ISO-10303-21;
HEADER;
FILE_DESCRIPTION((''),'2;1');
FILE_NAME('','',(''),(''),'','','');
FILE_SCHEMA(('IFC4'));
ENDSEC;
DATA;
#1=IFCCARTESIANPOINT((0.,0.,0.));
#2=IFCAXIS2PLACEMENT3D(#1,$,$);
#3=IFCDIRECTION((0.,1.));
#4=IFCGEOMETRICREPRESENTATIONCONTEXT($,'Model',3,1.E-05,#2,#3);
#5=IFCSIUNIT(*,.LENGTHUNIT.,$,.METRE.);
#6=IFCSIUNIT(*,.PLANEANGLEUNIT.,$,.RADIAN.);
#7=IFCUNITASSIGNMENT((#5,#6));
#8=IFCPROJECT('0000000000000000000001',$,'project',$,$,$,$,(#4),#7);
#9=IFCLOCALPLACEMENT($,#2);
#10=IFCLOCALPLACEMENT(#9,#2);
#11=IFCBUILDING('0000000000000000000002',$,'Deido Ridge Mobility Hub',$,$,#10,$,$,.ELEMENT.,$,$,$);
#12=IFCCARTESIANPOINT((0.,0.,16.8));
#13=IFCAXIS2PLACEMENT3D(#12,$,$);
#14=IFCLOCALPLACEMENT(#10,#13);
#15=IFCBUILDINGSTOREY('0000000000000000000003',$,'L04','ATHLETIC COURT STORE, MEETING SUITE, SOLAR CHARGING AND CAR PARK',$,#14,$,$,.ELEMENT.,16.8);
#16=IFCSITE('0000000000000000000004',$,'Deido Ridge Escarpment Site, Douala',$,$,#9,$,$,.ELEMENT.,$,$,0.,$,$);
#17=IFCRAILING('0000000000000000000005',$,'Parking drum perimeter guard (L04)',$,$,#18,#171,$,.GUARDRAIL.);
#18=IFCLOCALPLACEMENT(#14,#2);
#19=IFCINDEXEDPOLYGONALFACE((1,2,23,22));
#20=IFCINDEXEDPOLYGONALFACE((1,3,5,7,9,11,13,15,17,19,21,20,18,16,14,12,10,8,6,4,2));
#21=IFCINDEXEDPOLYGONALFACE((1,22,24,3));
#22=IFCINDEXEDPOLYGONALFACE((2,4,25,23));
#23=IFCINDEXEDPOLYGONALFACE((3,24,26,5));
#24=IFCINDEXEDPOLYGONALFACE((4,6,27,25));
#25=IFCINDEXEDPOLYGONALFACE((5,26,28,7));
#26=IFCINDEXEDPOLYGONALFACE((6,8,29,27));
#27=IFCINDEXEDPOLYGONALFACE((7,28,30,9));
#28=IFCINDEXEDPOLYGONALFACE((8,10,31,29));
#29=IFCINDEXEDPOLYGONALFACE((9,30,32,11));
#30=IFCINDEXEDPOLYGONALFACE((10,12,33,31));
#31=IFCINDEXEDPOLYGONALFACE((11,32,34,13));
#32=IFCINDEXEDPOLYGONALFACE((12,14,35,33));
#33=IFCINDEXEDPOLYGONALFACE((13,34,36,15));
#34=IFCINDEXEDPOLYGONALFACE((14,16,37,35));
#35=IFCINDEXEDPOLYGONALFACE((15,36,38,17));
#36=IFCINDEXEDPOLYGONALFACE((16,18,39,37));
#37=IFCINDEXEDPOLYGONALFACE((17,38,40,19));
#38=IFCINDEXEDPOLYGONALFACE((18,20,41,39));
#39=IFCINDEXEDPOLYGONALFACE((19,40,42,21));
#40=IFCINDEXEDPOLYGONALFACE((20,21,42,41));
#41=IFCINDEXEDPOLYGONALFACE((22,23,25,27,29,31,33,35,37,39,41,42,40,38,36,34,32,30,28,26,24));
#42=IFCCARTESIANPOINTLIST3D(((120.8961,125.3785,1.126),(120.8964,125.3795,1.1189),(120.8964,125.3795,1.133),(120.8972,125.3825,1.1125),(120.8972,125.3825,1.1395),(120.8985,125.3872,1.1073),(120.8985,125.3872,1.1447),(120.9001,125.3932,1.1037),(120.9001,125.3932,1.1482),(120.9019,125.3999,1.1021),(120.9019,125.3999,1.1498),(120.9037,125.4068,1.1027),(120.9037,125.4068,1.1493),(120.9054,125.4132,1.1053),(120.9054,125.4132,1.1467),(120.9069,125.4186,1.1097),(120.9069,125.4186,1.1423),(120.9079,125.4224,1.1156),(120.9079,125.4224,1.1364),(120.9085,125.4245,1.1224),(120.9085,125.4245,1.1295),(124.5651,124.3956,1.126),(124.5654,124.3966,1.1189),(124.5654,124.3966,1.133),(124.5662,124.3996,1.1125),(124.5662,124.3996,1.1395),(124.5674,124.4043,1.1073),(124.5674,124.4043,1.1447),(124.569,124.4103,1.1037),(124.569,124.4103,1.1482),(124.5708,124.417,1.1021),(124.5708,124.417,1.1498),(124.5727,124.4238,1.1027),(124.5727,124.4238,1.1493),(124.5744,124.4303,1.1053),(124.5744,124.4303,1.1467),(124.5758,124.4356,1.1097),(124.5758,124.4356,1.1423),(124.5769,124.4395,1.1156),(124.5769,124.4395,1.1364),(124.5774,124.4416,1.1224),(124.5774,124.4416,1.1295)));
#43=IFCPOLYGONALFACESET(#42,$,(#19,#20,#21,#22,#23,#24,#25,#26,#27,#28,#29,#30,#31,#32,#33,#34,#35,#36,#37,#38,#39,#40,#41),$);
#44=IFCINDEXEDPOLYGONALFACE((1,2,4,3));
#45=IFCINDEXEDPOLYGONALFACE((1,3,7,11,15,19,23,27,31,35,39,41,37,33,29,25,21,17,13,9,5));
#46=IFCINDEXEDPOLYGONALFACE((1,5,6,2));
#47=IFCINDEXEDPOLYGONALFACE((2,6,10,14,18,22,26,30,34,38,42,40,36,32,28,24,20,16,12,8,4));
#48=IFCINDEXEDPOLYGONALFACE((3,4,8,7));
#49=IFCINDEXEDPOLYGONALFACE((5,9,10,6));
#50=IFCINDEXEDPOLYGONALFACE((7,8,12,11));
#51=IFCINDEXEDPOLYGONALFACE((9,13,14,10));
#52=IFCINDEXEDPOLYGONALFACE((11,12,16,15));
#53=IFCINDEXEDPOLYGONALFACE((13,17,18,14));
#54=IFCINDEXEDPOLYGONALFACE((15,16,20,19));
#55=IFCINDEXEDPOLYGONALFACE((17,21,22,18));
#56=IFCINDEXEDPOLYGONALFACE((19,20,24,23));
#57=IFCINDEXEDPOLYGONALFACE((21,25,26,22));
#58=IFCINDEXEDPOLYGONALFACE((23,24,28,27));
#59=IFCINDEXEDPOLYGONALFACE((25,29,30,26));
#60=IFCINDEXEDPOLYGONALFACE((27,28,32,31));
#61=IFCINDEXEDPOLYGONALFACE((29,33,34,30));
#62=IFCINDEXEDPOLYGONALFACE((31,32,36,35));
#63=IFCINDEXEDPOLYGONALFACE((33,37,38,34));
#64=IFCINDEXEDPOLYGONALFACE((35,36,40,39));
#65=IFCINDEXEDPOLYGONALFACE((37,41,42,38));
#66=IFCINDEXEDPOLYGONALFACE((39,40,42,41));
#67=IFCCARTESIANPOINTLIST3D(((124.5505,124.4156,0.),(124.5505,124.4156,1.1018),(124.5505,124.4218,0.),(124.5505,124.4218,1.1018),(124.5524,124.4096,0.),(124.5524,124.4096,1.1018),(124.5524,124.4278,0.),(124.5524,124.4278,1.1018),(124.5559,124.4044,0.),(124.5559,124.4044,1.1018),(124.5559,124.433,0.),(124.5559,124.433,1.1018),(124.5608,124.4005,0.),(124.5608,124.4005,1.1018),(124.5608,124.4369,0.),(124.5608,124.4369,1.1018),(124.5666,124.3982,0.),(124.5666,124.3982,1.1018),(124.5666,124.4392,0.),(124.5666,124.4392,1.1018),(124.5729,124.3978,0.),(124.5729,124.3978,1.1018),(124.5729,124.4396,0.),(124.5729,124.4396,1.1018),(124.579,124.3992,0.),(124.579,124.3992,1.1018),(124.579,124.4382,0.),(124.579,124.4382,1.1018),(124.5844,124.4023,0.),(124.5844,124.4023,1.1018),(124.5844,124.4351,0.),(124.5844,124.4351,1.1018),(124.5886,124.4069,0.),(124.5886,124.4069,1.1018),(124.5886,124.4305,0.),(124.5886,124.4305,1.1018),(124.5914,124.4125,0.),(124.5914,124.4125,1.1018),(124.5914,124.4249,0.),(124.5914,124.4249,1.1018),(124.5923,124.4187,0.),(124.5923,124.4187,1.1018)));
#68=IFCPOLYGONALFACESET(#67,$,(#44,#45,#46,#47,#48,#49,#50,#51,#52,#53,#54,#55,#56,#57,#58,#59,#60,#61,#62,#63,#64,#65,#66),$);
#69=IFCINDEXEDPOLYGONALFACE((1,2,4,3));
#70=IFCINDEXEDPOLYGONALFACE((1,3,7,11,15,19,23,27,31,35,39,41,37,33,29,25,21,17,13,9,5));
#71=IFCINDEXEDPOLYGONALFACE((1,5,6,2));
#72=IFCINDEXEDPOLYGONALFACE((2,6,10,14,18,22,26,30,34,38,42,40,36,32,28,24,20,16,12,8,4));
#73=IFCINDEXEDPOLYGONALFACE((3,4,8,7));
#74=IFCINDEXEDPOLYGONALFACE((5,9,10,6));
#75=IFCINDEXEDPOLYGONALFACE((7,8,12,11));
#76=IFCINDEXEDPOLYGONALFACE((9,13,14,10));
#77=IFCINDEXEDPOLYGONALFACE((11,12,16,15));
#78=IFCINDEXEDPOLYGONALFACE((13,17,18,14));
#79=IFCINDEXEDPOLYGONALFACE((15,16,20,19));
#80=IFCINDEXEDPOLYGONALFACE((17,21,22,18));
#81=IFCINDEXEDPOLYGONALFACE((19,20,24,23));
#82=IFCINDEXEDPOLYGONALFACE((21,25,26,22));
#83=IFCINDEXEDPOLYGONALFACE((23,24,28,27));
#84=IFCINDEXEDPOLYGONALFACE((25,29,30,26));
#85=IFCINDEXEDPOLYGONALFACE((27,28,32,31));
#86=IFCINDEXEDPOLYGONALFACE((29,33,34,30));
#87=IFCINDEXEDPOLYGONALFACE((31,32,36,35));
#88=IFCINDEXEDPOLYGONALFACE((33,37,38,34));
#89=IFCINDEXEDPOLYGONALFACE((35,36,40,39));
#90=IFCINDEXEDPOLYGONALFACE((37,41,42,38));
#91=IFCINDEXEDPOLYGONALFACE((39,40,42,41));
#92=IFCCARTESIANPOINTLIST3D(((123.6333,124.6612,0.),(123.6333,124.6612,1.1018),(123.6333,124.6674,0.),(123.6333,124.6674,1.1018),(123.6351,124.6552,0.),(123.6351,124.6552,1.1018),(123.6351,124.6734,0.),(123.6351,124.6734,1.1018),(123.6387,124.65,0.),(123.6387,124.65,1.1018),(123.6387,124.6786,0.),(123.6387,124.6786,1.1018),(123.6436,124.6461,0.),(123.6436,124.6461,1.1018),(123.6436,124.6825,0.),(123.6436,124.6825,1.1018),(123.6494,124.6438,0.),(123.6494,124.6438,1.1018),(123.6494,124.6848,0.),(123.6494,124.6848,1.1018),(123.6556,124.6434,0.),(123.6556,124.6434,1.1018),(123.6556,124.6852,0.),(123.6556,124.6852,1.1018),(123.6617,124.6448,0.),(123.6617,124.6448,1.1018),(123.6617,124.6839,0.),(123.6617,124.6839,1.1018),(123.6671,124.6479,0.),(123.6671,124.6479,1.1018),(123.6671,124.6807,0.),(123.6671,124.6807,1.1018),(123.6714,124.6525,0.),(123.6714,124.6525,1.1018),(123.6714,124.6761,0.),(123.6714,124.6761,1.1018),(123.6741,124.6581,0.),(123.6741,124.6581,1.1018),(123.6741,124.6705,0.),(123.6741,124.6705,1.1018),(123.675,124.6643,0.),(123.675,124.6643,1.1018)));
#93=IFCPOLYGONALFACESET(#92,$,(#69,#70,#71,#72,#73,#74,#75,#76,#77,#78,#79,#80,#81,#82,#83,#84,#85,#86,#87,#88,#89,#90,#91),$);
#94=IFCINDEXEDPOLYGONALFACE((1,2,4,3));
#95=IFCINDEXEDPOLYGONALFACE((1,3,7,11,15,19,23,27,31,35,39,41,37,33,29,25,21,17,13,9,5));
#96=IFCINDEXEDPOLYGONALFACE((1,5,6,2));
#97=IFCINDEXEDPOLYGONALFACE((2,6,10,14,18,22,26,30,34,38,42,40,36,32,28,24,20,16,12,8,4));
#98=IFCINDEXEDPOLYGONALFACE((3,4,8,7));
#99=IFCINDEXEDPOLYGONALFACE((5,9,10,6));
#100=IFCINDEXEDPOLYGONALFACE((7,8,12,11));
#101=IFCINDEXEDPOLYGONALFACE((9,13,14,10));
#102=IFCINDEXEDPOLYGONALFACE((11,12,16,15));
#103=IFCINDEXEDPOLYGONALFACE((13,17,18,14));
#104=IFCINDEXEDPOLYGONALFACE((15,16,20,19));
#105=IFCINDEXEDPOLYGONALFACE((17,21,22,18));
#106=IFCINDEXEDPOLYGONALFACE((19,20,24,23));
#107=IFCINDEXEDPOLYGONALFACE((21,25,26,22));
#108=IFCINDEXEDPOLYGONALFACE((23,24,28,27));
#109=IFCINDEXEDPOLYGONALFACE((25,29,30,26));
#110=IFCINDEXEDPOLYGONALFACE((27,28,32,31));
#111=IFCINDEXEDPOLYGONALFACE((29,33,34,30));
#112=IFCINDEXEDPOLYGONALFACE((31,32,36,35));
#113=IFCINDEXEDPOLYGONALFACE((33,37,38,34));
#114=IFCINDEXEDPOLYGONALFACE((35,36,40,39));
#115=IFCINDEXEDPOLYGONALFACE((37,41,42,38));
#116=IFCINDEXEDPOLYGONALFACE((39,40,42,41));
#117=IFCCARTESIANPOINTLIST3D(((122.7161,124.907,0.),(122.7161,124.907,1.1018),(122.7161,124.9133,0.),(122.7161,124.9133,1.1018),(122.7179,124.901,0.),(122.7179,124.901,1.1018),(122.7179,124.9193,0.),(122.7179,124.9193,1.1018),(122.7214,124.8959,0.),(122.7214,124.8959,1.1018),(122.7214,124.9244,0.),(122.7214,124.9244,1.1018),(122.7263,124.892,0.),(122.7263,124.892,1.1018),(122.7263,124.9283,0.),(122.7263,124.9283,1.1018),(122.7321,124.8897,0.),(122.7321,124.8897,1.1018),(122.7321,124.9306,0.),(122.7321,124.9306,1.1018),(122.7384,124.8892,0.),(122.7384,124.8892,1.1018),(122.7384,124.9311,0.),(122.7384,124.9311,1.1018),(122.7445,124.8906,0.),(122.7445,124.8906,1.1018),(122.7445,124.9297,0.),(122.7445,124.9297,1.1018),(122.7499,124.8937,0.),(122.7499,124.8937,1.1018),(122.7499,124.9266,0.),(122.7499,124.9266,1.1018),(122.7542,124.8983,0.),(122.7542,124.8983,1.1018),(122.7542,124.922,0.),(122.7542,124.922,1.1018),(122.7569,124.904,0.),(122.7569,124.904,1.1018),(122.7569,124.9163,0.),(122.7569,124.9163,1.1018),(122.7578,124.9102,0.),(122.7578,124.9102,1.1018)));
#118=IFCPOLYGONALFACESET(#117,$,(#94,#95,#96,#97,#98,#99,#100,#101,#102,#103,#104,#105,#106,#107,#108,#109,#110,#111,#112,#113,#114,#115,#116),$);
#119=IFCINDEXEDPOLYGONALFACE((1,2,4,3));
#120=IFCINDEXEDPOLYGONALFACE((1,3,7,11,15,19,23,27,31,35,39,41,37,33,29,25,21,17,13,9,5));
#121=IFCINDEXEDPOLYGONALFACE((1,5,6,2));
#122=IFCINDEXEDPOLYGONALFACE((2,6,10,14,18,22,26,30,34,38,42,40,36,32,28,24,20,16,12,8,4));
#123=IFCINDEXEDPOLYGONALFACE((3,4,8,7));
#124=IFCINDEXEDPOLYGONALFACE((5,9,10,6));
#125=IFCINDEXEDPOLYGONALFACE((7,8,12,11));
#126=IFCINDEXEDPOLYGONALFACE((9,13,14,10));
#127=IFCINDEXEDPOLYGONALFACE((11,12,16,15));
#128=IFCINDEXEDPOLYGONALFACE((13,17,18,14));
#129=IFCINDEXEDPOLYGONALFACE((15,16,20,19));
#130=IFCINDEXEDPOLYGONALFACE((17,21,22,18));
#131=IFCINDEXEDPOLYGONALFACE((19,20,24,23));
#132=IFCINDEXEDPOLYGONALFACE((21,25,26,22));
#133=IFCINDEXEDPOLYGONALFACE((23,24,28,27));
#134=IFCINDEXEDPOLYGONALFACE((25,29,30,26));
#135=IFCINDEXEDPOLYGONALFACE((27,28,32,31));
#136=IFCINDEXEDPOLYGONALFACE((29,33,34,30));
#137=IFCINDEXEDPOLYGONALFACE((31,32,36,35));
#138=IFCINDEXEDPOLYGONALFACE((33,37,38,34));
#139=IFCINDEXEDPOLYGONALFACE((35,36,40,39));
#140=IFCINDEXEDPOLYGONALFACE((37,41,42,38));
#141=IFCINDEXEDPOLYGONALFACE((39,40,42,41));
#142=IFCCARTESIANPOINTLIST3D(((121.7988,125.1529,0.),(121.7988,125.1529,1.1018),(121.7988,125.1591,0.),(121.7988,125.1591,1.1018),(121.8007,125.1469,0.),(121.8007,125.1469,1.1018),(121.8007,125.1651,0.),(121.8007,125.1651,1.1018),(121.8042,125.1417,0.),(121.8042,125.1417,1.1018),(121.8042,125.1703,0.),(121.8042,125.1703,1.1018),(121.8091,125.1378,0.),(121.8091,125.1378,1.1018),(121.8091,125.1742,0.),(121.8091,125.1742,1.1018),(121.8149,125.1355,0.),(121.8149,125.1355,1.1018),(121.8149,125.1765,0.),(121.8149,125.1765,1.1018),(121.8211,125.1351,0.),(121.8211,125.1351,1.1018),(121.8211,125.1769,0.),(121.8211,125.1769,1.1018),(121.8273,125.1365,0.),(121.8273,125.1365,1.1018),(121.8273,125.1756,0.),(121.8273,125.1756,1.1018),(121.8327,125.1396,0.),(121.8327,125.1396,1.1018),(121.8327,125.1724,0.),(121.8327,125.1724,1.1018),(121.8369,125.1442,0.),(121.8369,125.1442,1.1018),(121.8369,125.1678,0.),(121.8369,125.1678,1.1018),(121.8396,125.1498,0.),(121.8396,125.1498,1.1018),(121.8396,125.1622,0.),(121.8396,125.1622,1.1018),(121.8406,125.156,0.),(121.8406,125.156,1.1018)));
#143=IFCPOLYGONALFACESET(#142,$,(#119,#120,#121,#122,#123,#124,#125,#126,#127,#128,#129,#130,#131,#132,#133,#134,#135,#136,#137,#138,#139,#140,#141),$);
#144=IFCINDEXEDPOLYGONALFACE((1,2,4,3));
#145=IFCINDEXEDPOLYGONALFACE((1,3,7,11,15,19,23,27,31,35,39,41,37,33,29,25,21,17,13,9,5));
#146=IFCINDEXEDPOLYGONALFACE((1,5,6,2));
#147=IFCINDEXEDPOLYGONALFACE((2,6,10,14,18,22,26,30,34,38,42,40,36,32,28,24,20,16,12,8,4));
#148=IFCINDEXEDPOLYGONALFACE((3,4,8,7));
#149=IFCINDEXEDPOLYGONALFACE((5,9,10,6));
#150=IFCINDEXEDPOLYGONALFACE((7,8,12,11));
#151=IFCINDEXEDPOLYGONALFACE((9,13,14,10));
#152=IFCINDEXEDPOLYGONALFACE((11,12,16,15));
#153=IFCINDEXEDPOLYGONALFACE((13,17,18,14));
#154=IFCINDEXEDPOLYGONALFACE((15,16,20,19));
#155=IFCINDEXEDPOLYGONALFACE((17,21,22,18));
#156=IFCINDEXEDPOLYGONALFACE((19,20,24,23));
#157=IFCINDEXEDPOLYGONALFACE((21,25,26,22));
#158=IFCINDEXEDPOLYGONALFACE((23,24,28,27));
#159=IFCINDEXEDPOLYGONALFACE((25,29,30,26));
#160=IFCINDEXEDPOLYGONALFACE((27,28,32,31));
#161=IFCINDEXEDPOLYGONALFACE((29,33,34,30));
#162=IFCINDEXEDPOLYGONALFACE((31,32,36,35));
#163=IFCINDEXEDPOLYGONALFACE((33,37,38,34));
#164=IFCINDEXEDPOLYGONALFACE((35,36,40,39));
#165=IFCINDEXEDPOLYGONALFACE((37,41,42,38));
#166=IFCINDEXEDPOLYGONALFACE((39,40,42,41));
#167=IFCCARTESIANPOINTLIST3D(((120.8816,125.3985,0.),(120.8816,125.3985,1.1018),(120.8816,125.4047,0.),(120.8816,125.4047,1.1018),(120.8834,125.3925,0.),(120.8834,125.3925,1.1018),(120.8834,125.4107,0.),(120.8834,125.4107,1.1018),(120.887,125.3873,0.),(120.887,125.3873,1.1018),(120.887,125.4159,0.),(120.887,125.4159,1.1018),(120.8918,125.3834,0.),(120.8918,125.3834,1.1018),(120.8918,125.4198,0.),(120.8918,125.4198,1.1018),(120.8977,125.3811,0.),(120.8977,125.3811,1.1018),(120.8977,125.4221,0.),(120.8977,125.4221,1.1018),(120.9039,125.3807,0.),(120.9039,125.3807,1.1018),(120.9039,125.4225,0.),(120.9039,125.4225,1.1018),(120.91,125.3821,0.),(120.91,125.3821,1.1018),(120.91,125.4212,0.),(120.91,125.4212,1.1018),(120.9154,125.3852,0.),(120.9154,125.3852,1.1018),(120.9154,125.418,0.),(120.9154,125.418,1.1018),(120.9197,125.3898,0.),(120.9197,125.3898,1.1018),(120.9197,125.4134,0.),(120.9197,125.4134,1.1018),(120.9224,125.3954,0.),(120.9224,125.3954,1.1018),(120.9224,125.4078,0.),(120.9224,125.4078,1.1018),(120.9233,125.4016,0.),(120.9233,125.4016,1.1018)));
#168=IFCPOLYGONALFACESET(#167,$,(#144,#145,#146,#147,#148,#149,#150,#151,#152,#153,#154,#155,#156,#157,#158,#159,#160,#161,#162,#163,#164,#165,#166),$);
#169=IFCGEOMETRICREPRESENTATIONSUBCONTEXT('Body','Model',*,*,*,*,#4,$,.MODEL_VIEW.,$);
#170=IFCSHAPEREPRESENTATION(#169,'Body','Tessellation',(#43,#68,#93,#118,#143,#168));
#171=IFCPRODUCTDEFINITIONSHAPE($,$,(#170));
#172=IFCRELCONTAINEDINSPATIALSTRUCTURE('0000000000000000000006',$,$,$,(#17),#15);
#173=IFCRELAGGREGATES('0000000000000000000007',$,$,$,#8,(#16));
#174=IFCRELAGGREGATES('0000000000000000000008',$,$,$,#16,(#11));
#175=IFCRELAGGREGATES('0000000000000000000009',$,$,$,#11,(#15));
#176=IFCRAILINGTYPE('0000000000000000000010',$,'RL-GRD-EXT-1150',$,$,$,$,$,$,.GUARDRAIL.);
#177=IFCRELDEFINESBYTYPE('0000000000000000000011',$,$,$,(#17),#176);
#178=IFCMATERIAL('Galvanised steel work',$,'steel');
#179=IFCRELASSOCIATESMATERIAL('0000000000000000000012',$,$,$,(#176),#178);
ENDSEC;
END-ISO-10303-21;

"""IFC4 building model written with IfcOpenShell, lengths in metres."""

from ifc_helpers import new_model, si_unit, direction, frame, origin, origin_2d, place, context, subcontext, project, spatial, circle, extrude, material, type_object, element, save


model = new_model("IFC4")

# Units and contexts
model_context = context("Model", 3, precision=1e-05, world=origin(), true_north=direction((0.0, 1.0)))
body_context = subcontext(model_context, "Body", "Model", "MODEL_VIEW")
ifc_project = project(units=[si_unit("LENGTHUNIT", "METRE"), si_unit("PLANEANGLEUNIT", "RADIAN")], contexts=[model_context])

# Site, building, storey
site_placement = place(None, origin())
site = spatial("IfcSite", under=ifc_project, at=site_placement, Name="Deido Ridge Escarpment Site, Douala", CompositionType="ELEMENT", RefElevation=0.0)
building_placement = place(site_placement, origin())
building = spatial("IfcBuilding", under=site, at=building_placement, Name="Deido Ridge Mobility Hub", CompositionType="ELEMENT")
storey_placement = place(building_placement, frame((0.0, 0.0, 16.8)))
storey = spatial("IfcBuildingStorey", under=building, at=storey_placement, Name="L04", Description="ATHLETIC COURT STORE, MEETING SUITE, SOLAR CHARGING AND CAR PARK", CompositionType="ELEMENT", Elevation=16.8)

# Railing
ifc_material_1 = material(Name="Galvanised steel work", Category="steel")
railing_type = type_object("IfcRailingType", Name="RL-GRD-EXT-1150", PredefinedType="GUARDRAIL", material=ifc_material_1)
railing_1_placement = place(storey_placement, frame((124.5713, 124.4187, 0.0)))
element("IfcRailing", 1, at=railing_1_placement, inside=storey, type_object=railing_type, Name="Parking drum perimeter guard (L04)", PredefinedType="GUARDRAIL", context=body_context, shape_type="SweptSolid", body=[
    extrude(circle(Radius=0.0239, at=origin_2d()), frame((0.0, 0.0, 1.126), z_axis=(-0.965938, 0.258775, 0.0), x_axis=(-0.258775, -0.965938, 0.0)), (0.0, 0.0, 1.0), 3.7983),
    extrude(circle(Radius=0.021, at=origin_2d()), origin(), (0.0, 0.0, 1.0), 1.1018),
    extrude(circle(Radius=0.021, at=origin_2d()), frame((-0.9172, 0.2456, 0.0)), (0.0, 0.0, 1.0), 1.1018),
    extrude(circle(Radius=0.021, at=origin_2d()), frame((-1.8345, 0.4915, 0.0)), (0.0, 0.0, 1.0), 1.1018),
    extrude(circle(Radius=0.021, at=origin_2d()), frame((-2.7517, 0.7373, 0.0)), (0.0, 0.0, 1.0), 1.1018),
    extrude(circle(Radius=0.021, at=origin_2d()), frame((-3.6689, 0.9829, 0.0)), (0.0, 0.0, 1.0), 1.1018),
])

save(model, "model.ifc")
